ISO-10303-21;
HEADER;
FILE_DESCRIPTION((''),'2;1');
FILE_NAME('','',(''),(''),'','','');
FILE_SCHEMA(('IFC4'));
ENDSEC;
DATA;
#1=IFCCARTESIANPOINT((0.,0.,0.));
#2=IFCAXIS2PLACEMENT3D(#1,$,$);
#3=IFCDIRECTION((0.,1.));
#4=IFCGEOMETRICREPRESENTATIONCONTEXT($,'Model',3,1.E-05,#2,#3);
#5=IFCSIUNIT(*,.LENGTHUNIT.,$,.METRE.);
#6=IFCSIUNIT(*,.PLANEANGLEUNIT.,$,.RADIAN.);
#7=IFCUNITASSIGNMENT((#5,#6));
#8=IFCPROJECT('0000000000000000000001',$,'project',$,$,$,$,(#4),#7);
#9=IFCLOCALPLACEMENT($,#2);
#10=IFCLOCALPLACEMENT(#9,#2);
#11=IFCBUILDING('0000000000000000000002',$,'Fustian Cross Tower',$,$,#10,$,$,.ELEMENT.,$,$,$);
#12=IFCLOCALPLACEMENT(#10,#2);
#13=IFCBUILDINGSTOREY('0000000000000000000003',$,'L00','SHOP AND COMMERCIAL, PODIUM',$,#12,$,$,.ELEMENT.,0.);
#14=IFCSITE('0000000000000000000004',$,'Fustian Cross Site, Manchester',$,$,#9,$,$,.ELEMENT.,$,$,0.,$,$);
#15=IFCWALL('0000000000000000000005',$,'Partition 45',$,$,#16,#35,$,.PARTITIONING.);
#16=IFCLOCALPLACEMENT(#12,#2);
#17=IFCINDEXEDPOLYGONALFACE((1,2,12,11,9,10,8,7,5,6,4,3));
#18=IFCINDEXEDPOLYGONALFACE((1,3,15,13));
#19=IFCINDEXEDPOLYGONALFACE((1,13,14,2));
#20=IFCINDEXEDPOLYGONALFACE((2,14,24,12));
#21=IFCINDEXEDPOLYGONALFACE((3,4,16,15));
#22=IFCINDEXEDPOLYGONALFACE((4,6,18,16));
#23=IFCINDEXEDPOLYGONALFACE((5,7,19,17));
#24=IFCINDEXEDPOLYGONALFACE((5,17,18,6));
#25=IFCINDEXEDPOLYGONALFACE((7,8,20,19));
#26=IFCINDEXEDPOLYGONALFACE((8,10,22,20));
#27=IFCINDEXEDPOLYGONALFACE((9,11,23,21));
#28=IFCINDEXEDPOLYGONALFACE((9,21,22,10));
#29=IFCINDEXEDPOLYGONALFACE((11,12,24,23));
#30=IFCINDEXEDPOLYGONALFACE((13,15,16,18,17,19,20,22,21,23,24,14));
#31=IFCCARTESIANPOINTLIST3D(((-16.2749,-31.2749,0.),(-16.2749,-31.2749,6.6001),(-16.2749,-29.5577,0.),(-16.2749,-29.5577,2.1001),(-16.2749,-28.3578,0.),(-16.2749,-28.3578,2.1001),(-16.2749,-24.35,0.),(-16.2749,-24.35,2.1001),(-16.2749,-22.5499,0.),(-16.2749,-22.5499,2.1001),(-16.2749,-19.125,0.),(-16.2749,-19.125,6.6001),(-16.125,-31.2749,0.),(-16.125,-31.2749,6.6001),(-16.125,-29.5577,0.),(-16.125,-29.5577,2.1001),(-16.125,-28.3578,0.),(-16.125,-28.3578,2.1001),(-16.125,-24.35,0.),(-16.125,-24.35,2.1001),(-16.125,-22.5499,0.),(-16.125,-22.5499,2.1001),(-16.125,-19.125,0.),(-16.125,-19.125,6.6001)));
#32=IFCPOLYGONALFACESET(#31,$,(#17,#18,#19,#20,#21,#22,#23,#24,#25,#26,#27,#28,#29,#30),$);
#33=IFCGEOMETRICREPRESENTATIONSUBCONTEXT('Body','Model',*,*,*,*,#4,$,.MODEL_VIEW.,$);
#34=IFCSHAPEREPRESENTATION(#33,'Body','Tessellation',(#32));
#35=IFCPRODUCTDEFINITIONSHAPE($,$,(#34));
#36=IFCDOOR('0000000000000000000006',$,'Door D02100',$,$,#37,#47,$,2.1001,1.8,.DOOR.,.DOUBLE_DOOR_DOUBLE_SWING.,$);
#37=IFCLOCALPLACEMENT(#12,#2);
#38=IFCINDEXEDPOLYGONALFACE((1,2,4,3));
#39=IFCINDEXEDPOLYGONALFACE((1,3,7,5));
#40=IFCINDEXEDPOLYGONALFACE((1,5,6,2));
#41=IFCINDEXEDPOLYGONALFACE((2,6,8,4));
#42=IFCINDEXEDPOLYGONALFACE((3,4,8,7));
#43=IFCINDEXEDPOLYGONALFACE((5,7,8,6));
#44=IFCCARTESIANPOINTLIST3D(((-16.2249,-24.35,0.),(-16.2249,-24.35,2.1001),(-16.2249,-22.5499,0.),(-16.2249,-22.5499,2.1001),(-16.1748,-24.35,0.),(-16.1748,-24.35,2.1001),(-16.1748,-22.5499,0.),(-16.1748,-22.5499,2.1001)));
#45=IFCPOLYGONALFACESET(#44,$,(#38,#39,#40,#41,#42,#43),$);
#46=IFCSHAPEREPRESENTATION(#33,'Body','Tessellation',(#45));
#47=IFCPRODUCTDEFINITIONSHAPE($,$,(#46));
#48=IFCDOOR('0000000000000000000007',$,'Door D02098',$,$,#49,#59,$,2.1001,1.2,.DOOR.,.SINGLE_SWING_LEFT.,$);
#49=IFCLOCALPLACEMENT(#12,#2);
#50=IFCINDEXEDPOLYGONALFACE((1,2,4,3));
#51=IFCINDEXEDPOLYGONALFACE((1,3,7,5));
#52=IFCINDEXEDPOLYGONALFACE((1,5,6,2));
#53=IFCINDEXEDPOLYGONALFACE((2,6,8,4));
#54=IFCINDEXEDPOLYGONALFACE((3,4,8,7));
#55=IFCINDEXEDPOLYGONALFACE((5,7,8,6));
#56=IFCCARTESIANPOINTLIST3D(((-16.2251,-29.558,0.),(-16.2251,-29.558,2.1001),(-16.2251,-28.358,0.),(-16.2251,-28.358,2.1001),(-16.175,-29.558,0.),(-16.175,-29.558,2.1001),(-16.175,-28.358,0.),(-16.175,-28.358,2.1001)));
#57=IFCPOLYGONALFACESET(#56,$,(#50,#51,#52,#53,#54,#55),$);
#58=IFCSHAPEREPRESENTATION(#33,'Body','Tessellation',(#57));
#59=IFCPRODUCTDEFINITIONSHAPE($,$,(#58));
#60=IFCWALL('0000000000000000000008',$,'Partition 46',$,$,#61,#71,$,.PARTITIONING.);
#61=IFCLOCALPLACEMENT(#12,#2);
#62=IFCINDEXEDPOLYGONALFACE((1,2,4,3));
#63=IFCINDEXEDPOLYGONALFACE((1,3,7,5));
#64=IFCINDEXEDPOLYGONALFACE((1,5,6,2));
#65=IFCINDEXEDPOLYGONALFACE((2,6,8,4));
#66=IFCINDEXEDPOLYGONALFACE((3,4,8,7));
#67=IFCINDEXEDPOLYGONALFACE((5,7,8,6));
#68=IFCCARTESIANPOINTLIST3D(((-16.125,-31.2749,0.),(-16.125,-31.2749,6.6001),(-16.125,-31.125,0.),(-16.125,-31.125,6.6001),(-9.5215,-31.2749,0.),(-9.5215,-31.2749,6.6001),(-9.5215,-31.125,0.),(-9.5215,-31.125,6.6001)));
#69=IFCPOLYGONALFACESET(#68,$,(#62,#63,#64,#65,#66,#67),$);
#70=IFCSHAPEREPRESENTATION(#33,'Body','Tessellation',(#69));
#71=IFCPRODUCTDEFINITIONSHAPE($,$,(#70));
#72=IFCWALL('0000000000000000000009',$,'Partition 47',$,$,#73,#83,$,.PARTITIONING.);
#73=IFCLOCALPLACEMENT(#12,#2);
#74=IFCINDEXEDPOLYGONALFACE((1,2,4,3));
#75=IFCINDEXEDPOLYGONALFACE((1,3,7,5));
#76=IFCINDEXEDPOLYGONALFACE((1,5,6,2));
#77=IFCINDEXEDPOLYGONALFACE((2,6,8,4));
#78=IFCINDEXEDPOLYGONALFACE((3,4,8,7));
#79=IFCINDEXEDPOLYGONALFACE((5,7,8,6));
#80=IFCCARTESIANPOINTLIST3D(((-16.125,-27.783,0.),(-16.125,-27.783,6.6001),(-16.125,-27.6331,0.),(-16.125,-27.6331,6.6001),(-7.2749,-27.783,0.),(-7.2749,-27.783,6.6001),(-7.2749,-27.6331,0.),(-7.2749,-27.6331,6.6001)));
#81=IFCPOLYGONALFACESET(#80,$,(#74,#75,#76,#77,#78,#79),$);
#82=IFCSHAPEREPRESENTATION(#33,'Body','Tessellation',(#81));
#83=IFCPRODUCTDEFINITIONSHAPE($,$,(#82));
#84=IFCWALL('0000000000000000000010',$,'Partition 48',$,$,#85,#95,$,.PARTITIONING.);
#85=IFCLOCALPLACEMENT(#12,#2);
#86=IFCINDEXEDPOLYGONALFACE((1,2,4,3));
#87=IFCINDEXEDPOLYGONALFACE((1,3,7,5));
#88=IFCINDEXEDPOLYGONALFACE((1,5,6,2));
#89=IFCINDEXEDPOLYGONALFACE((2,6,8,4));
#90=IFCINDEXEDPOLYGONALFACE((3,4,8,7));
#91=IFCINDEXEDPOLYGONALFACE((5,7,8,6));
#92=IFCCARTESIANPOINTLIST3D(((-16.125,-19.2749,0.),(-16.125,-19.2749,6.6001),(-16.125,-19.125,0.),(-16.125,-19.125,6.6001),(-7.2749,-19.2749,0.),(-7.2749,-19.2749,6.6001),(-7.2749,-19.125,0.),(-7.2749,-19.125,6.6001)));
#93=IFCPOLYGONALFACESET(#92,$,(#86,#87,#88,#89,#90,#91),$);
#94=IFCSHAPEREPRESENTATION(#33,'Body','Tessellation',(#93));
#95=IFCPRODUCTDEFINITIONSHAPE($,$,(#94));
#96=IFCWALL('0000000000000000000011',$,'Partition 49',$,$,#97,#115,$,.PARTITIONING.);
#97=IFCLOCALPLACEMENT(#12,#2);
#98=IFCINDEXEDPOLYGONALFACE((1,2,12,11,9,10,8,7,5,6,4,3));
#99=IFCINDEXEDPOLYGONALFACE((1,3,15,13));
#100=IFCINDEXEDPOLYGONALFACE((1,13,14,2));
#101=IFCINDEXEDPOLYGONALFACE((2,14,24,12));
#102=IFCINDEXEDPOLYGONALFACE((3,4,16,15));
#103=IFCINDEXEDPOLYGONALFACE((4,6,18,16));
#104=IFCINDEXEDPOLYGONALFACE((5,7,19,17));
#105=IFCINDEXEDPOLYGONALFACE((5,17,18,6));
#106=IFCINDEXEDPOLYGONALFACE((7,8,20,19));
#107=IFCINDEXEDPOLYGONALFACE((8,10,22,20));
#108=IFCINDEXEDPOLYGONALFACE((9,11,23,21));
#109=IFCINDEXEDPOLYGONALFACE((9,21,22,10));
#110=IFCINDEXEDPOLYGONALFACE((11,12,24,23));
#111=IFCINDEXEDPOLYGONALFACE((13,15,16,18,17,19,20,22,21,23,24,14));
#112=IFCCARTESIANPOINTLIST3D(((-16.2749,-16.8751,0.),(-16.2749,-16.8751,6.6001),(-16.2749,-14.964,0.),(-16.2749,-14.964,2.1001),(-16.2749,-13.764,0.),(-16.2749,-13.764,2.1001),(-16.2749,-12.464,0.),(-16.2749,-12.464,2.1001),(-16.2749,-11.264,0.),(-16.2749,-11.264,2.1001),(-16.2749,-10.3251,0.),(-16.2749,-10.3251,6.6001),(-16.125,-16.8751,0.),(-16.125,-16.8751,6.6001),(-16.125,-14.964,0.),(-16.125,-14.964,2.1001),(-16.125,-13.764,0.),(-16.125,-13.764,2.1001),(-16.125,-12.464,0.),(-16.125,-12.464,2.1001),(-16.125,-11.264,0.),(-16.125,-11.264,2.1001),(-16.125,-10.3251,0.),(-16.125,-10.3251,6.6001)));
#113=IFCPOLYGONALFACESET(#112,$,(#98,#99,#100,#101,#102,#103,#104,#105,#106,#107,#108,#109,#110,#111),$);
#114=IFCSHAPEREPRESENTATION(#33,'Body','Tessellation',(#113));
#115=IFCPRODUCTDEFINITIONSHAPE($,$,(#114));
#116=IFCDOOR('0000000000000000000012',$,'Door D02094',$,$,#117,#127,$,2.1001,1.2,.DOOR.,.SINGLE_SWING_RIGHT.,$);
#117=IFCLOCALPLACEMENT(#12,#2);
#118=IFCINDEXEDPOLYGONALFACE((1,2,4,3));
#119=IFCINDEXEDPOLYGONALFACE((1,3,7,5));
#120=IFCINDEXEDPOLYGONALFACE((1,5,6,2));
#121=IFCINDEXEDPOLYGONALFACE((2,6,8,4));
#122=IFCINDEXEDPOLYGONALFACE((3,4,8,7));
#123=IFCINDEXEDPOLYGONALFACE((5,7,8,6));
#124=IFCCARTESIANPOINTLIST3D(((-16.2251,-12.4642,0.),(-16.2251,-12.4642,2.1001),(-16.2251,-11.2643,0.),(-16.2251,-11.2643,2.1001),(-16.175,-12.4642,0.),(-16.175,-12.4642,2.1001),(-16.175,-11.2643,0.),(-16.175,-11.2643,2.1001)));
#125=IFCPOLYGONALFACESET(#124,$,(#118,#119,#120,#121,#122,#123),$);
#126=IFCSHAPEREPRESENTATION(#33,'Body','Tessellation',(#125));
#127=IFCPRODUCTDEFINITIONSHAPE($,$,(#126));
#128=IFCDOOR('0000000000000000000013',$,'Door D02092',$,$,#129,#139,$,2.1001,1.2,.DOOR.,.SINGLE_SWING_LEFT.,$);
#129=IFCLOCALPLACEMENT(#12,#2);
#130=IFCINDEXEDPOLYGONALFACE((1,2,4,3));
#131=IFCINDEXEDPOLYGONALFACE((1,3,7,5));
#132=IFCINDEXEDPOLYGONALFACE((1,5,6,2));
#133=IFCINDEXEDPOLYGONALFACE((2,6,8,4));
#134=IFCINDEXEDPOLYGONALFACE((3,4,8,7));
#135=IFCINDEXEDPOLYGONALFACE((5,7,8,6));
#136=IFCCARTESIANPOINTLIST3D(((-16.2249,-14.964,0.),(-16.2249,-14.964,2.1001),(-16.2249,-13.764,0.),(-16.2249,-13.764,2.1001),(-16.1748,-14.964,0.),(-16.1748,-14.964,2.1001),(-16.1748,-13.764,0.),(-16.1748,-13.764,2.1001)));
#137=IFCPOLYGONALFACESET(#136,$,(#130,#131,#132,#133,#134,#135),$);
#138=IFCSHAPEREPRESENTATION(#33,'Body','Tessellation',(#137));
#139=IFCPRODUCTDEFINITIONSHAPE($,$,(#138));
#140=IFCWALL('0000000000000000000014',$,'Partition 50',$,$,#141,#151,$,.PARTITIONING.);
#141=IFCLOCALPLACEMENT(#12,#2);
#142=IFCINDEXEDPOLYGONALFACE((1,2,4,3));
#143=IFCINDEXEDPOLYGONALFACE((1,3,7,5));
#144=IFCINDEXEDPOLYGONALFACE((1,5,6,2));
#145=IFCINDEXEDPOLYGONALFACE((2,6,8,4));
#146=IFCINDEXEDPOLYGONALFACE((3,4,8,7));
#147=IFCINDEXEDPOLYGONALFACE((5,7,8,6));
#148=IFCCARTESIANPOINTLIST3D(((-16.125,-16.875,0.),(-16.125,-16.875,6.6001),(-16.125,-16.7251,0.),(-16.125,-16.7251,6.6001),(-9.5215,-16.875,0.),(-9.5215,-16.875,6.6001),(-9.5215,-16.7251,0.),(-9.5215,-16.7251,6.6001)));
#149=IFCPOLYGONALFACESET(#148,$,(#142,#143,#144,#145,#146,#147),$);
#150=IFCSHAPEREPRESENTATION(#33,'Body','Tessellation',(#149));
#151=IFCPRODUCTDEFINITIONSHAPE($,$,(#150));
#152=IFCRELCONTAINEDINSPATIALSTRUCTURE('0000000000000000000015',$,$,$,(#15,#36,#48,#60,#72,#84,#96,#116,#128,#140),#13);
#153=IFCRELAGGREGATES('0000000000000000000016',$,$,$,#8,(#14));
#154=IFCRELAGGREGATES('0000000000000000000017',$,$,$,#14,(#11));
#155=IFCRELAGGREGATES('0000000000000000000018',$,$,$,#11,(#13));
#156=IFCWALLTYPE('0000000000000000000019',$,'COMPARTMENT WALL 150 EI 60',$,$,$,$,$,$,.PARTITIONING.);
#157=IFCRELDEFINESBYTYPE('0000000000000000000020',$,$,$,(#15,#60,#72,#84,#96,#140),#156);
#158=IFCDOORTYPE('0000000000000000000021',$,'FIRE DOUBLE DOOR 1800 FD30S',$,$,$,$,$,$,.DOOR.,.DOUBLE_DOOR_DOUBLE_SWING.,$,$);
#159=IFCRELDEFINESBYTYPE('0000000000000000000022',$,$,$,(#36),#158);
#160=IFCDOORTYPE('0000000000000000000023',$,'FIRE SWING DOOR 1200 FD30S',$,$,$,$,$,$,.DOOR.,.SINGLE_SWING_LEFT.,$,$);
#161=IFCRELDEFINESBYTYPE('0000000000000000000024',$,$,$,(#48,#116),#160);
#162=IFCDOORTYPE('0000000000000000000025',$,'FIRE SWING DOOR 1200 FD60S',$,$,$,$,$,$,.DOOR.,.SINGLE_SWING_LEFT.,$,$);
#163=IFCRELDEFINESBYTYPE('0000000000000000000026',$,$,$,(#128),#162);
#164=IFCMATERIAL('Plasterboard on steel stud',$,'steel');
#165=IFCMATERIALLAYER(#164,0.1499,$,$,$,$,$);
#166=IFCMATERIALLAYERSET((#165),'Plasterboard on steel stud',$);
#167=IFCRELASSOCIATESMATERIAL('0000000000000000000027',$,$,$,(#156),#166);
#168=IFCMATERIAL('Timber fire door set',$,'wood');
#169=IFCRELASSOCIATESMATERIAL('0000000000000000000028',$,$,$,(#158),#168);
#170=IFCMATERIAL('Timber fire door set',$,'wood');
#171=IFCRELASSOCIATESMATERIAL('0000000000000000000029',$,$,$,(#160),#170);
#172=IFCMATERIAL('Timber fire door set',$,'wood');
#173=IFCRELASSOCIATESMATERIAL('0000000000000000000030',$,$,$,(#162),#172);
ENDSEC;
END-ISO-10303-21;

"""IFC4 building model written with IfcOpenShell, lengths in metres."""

from ifc_helpers import new_model, si_unit, direction, frame, frame_2d, origin, place, context, subcontext, project, spatial, rectangle, extrude, material, layer, layer_set, type_object, element, fill, save


model = new_model("IFC4")

# Units and contexts
model_context = context("Model", 3, precision=1e-05, world=origin(), true_north=direction((0.0, 1.0)))
body_context = subcontext(model_context, "Body", "Model", "MODEL_VIEW")
ifc_project = project(units=[si_unit("LENGTHUNIT", "METRE"), si_unit("PLANEANGLEUNIT", "RADIAN")], contexts=[model_context])

# Site, building, storey
site_placement = place(None, origin())
site = spatial("IfcSite", under=ifc_project, at=site_placement, Name="Fustian Cross Site, Manchester", CompositionType="ELEMENT", RefElevation=0.0)
building_placement = place(site_placement, origin())
building = spatial("IfcBuilding", under=site, at=building_placement, Name="Fustian Cross Tower", CompositionType="ELEMENT")
storey_placement = place(building_placement, origin())
storey = spatial("IfcBuildingStorey", under=building, at=storey_placement, Name="L00", Description="SHOP AND COMMERCIAL, PODIUM", CompositionType="ELEMENT", Elevation=0.0)

# Shared definitions
ifc_material_1 = material(Name="Plasterboard on steel stud", Category="steel")
ifc_layer = layer(ifc_material_1, 0.1499)
ifc_layer_set = layer_set([ifc_layer], Name="Plasterboard on steel stud")
wall_type = type_object("IfcWallType", Name="COMPARTMENT WALL 150 EI 60", PredefinedType="PARTITIONING", material=ifc_layer_set)

# Wall, openings, doors
ifc_material_2 = material(Name="Timber fire door set", Category="wood")
door_type_1 = type_object("IfcDoorType", Name="FIRE DOUBLE DOOR 1800 FD30S", OperationType="DOUBLE_DOOR_DOUBLE_SWING", PredefinedType="DOOR", material=ifc_material_2)
wall_1_placement = place(storey_placement, frame((-16.2, -31.2749, 0.0), z_axis=(0.0, 0.0, 1.0), x_axis=(0.0, 1.0, 0.0)))
wall_1 = element("IfcWall", 1, at=wall_1_placement, inside=storey, type_object=wall_type, Name="Partition 45", PredefinedType="PARTITIONING", context=body_context, shape_type="SweptSolid", body=[
    extrude(rectangle(XDim=12.1499, YDim=0.1499, at=frame_2d((6.075, 0.0))), origin(), (0.0, 0.0, 1.0), 6.6001),
])
opening_1_placement = place(wall_1_placement, frame((1.717, 0.0, 0.0)))
opening_1 = element("IfcOpeningElement", 2, at=opening_1_placement, cuts=wall_1, PredefinedType="OPENING", context=body_context, shape_type="SweptSolid", body=[
    extrude(rectangle(XDim=1.2, YDim=2.1001, at=frame_2d((0.6001, 1.05))), frame((0.0, 0.085, 0.0), z_axis=(0.0, -1.0, 0.0), x_axis=(1.0, 0.0, 0.0)), (0.0, 0.0, 1.0), 0.1699),
])
opening_2_placement = place(wall_1_placement, frame((6.925, 0.0, 0.0)))
opening_2 = element("IfcOpeningElement", 3, at=opening_2_placement, cuts=wall_1, PredefinedType="OPENING", context=body_context, shape_type="SweptSolid", body=[
    extrude(rectangle(XDim=1.8, YDim=2.1001, at=frame_2d((0.8999, 1.05))), frame((0.0, 0.085, 0.0), z_axis=(0.0, -1.0, 0.0), x_axis=(1.0, 0.0, 0.0)), (0.0, 0.0, 1.0), 0.1699),
])
door_1_placement = place(opening_2_placement, origin())
door_1 = element("IfcDoor", 4, at=door_1_placement, inside=storey, type_object=door_type_1, Name="Door D02100", OperationType="DOUBLE_DOOR_DOUBLE_SWING", OverallHeight=2.1001, OverallWidth=1.8, PredefinedType="DOOR", context=body_context, shape_type="SweptSolid", body=[
    extrude(rectangle(XDim=1.8, YDim=2.1001, at=frame_2d((0.8999, 1.05))), frame((0.0, 0.0249, 0.0), z_axis=(0.0, -1.0, 0.0), x_axis=(1.0, 0.0, 0.0)), (0.0, 0.0, 1.0), 0.05),
])
fill(opening_2, door_1)
ifc_material_3 = material(Name="Timber fire door set", Category="wood")
door_type_2 = type_object("IfcDoorType", Name="FIRE SWING DOOR 1200 FD30S", OperationType="SINGLE_SWING_LEFT", PredefinedType="DOOR", material=ifc_material_3)
door_2_placement = place(opening_1_placement, frame((1.2, 0.0, 0.0), z_axis=(0.0, 0.0, 1.0), x_axis=(-1.0, 0.0, 0.0)))
door_2 = element("IfcDoor", 5, at=door_2_placement, inside=storey, type_object=door_type_2, Name="Door D02098", OperationType="SINGLE_SWING_LEFT", OverallHeight=2.1001, OverallWidth=1.2, PredefinedType="DOOR", context=body_context, shape_type="SweptSolid", body=[
    extrude(rectangle(XDim=1.2, YDim=2.1001, at=frame_2d((0.6001, 1.05))), frame((0.0, 0.0249, 0.0), z_axis=(0.0, -1.0, 0.0), x_axis=(1.0, 0.0, 0.0)), (0.0, 0.0, 1.0), 0.05),
])
fill(opening_1, door_2)

# Walls
wall_2_placement = place(storey_placement, frame((-16.125, -31.2, 0.0), z_axis=(0.0, 0.0, 1.0), x_axis=(1.0, 0.0, 0.0)))
element("IfcWall", 6, at=wall_2_placement, inside=storey, type_object=wall_type, Name="Partition 46", PredefinedType="PARTITIONING", context=body_context, shape_type="SweptSolid", body=[
    extrude(rectangle(XDim=6.6035, YDim=0.1499, at=frame_2d((3.3018, 0.0))), origin(), (0.0, 0.0, 1.0), 6.6001),
])
for number, where, z_axis, x_axis, name in (
    (7, (-16.125, -27.708, 0.0), (0.0, 0.0, 1.0), (1.0, 0.0, 0.0), "Partition 47"),
    (8, (-16.125, -19.2, 0.0), (0.0, 0.0, 1.0), (1.0, 0.0, 0.0), "Partition 48"),
):
    element("IfcWall", number, at=place(storey_placement, frame(where, z_axis=z_axis, x_axis=x_axis)), inside=storey, type_object=wall_type, Name=name, PredefinedType="PARTITIONING", context=body_context, shape_type="SweptSolid", body=[
        extrude(rectangle(XDim=8.8501, YDim=0.1499, at=frame_2d((4.425, 0.0))), origin(), (0.0, 0.0, 1.0), 6.6001),
    ])

# Wall, openings, doors
wall_3_placement = place(storey_placement, frame((-16.2, -16.875, 0.0), z_axis=(0.0, 0.0, 1.0), x_axis=(0.0, 1.0, 0.0)))
wall_3 = element("IfcWall", 9, at=wall_3_placement, inside=storey, type_object=wall_type, Name="Partition 49", PredefinedType="PARTITIONING", context=body_context, shape_type="SweptSolid", body=[
    extrude(rectangle(XDim=6.55, YDim=0.1499, at=frame_2d((3.2749, 0.0))), origin(), (0.0, 0.0, 1.0), 6.6001),
])
opening_3_placement = place(wall_3_placement, frame((1.9109, 0.0, 0.0)))
opening_3 = element("IfcOpeningElement", 10, at=opening_3_placement, cuts=wall_3, PredefinedType="OPENING", context=body_context, shape_type="SweptSolid", body=[
    extrude(rectangle(XDim=1.2, YDim=2.1001, at=frame_2d((0.6001, 1.05))), frame((0.0, 0.085, 0.0), z_axis=(0.0, -1.0, 0.0), x_axis=(1.0, 0.0, 0.0)), (0.0, 0.0, 1.0), 0.1699),
])
opening_4_placement = place(wall_3_placement, frame((4.4109, 0.0, 0.0)))
opening_4 = element("IfcOpeningElement", 11, at=opening_4_placement, cuts=wall_3, PredefinedType="OPENING", context=body_context, shape_type="SweptSolid", body=[
    extrude(rectangle(XDim=1.2, YDim=2.1001, at=frame_2d((0.6001, 1.05))), frame((0.0, 0.085, 0.0), z_axis=(0.0, -1.0, 0.0), x_axis=(1.0, 0.0, 0.0)), (0.0, 0.0, 1.0), 0.1699),
])
door_3_placement = place(opening_4_placement, frame((1.2, 0.0, 0.0), z_axis=(0.0, 0.0, 1.0), x_axis=(-1.0, 0.0, 0.0)))
door_3 = element("IfcDoor", 12, at=door_3_placement, inside=storey, type_object=door_type_2, Name="Door D02094", OperationType="SINGLE_SWING_RIGHT", OverallHeight=2.1001, OverallWidth=1.2, PredefinedType="DOOR", context=body_context, shape_type="SweptSolid", body=[
    extrude(rectangle(XDim=1.2, YDim=2.1001, at=frame_2d((0.6001, 1.05))), frame((0.0, 0.0249, 0.0), z_axis=(0.0, -1.0, 0.0), x_axis=(1.0, 0.0, 0.0)), (0.0, 0.0, 1.0), 0.05),
])
fill(opening_4, door_3)
ifc_material_4 = material(Name="Timber fire door set", Category="wood")
door_type_3 = type_object("IfcDoorType", Name="FIRE SWING DOOR 1200 FD60S", OperationType="SINGLE_SWING_LEFT", PredefinedType="DOOR", material=ifc_material_4)
door_4_placement = place(opening_3_placement, origin())
door_4 = element("IfcDoor", 13, at=door_4_placement, inside=storey, type_object=door_type_3, Name="Door D02092", OperationType="SINGLE_SWING_LEFT", OverallHeight=2.1001, OverallWidth=1.2, PredefinedType="DOOR", context=body_context, shape_type="SweptSolid", body=[
    extrude(rectangle(XDim=1.2, YDim=2.1001, at=frame_2d((0.6001, 1.05))), frame((0.0, 0.0249, 0.0), z_axis=(0.0, -1.0, 0.0), x_axis=(1.0, 0.0, 0.0)), (0.0, 0.0, 1.0), 0.05),
])
fill(opening_3, door_4)

# Wall
wall_4_placement = place(storey_placement, frame((-16.125, -16.8, 0.0), z_axis=(0.0, 0.0, 1.0), x_axis=(1.0, 0.0, 0.0)))
element("IfcWall", 14, at=wall_4_placement, inside=storey, type_object=wall_type, Name="Partition 50", PredefinedType="PARTITIONING", context=body_context, shape_type="SweptSolid", body=[
    extrude(rectangle(XDim=6.6035, YDim=0.1499, at=frame_2d((3.3018, 0.0))), origin(), (0.0, 0.0, 1.0), 6.6001),
])

save(model, "model.ifc")
